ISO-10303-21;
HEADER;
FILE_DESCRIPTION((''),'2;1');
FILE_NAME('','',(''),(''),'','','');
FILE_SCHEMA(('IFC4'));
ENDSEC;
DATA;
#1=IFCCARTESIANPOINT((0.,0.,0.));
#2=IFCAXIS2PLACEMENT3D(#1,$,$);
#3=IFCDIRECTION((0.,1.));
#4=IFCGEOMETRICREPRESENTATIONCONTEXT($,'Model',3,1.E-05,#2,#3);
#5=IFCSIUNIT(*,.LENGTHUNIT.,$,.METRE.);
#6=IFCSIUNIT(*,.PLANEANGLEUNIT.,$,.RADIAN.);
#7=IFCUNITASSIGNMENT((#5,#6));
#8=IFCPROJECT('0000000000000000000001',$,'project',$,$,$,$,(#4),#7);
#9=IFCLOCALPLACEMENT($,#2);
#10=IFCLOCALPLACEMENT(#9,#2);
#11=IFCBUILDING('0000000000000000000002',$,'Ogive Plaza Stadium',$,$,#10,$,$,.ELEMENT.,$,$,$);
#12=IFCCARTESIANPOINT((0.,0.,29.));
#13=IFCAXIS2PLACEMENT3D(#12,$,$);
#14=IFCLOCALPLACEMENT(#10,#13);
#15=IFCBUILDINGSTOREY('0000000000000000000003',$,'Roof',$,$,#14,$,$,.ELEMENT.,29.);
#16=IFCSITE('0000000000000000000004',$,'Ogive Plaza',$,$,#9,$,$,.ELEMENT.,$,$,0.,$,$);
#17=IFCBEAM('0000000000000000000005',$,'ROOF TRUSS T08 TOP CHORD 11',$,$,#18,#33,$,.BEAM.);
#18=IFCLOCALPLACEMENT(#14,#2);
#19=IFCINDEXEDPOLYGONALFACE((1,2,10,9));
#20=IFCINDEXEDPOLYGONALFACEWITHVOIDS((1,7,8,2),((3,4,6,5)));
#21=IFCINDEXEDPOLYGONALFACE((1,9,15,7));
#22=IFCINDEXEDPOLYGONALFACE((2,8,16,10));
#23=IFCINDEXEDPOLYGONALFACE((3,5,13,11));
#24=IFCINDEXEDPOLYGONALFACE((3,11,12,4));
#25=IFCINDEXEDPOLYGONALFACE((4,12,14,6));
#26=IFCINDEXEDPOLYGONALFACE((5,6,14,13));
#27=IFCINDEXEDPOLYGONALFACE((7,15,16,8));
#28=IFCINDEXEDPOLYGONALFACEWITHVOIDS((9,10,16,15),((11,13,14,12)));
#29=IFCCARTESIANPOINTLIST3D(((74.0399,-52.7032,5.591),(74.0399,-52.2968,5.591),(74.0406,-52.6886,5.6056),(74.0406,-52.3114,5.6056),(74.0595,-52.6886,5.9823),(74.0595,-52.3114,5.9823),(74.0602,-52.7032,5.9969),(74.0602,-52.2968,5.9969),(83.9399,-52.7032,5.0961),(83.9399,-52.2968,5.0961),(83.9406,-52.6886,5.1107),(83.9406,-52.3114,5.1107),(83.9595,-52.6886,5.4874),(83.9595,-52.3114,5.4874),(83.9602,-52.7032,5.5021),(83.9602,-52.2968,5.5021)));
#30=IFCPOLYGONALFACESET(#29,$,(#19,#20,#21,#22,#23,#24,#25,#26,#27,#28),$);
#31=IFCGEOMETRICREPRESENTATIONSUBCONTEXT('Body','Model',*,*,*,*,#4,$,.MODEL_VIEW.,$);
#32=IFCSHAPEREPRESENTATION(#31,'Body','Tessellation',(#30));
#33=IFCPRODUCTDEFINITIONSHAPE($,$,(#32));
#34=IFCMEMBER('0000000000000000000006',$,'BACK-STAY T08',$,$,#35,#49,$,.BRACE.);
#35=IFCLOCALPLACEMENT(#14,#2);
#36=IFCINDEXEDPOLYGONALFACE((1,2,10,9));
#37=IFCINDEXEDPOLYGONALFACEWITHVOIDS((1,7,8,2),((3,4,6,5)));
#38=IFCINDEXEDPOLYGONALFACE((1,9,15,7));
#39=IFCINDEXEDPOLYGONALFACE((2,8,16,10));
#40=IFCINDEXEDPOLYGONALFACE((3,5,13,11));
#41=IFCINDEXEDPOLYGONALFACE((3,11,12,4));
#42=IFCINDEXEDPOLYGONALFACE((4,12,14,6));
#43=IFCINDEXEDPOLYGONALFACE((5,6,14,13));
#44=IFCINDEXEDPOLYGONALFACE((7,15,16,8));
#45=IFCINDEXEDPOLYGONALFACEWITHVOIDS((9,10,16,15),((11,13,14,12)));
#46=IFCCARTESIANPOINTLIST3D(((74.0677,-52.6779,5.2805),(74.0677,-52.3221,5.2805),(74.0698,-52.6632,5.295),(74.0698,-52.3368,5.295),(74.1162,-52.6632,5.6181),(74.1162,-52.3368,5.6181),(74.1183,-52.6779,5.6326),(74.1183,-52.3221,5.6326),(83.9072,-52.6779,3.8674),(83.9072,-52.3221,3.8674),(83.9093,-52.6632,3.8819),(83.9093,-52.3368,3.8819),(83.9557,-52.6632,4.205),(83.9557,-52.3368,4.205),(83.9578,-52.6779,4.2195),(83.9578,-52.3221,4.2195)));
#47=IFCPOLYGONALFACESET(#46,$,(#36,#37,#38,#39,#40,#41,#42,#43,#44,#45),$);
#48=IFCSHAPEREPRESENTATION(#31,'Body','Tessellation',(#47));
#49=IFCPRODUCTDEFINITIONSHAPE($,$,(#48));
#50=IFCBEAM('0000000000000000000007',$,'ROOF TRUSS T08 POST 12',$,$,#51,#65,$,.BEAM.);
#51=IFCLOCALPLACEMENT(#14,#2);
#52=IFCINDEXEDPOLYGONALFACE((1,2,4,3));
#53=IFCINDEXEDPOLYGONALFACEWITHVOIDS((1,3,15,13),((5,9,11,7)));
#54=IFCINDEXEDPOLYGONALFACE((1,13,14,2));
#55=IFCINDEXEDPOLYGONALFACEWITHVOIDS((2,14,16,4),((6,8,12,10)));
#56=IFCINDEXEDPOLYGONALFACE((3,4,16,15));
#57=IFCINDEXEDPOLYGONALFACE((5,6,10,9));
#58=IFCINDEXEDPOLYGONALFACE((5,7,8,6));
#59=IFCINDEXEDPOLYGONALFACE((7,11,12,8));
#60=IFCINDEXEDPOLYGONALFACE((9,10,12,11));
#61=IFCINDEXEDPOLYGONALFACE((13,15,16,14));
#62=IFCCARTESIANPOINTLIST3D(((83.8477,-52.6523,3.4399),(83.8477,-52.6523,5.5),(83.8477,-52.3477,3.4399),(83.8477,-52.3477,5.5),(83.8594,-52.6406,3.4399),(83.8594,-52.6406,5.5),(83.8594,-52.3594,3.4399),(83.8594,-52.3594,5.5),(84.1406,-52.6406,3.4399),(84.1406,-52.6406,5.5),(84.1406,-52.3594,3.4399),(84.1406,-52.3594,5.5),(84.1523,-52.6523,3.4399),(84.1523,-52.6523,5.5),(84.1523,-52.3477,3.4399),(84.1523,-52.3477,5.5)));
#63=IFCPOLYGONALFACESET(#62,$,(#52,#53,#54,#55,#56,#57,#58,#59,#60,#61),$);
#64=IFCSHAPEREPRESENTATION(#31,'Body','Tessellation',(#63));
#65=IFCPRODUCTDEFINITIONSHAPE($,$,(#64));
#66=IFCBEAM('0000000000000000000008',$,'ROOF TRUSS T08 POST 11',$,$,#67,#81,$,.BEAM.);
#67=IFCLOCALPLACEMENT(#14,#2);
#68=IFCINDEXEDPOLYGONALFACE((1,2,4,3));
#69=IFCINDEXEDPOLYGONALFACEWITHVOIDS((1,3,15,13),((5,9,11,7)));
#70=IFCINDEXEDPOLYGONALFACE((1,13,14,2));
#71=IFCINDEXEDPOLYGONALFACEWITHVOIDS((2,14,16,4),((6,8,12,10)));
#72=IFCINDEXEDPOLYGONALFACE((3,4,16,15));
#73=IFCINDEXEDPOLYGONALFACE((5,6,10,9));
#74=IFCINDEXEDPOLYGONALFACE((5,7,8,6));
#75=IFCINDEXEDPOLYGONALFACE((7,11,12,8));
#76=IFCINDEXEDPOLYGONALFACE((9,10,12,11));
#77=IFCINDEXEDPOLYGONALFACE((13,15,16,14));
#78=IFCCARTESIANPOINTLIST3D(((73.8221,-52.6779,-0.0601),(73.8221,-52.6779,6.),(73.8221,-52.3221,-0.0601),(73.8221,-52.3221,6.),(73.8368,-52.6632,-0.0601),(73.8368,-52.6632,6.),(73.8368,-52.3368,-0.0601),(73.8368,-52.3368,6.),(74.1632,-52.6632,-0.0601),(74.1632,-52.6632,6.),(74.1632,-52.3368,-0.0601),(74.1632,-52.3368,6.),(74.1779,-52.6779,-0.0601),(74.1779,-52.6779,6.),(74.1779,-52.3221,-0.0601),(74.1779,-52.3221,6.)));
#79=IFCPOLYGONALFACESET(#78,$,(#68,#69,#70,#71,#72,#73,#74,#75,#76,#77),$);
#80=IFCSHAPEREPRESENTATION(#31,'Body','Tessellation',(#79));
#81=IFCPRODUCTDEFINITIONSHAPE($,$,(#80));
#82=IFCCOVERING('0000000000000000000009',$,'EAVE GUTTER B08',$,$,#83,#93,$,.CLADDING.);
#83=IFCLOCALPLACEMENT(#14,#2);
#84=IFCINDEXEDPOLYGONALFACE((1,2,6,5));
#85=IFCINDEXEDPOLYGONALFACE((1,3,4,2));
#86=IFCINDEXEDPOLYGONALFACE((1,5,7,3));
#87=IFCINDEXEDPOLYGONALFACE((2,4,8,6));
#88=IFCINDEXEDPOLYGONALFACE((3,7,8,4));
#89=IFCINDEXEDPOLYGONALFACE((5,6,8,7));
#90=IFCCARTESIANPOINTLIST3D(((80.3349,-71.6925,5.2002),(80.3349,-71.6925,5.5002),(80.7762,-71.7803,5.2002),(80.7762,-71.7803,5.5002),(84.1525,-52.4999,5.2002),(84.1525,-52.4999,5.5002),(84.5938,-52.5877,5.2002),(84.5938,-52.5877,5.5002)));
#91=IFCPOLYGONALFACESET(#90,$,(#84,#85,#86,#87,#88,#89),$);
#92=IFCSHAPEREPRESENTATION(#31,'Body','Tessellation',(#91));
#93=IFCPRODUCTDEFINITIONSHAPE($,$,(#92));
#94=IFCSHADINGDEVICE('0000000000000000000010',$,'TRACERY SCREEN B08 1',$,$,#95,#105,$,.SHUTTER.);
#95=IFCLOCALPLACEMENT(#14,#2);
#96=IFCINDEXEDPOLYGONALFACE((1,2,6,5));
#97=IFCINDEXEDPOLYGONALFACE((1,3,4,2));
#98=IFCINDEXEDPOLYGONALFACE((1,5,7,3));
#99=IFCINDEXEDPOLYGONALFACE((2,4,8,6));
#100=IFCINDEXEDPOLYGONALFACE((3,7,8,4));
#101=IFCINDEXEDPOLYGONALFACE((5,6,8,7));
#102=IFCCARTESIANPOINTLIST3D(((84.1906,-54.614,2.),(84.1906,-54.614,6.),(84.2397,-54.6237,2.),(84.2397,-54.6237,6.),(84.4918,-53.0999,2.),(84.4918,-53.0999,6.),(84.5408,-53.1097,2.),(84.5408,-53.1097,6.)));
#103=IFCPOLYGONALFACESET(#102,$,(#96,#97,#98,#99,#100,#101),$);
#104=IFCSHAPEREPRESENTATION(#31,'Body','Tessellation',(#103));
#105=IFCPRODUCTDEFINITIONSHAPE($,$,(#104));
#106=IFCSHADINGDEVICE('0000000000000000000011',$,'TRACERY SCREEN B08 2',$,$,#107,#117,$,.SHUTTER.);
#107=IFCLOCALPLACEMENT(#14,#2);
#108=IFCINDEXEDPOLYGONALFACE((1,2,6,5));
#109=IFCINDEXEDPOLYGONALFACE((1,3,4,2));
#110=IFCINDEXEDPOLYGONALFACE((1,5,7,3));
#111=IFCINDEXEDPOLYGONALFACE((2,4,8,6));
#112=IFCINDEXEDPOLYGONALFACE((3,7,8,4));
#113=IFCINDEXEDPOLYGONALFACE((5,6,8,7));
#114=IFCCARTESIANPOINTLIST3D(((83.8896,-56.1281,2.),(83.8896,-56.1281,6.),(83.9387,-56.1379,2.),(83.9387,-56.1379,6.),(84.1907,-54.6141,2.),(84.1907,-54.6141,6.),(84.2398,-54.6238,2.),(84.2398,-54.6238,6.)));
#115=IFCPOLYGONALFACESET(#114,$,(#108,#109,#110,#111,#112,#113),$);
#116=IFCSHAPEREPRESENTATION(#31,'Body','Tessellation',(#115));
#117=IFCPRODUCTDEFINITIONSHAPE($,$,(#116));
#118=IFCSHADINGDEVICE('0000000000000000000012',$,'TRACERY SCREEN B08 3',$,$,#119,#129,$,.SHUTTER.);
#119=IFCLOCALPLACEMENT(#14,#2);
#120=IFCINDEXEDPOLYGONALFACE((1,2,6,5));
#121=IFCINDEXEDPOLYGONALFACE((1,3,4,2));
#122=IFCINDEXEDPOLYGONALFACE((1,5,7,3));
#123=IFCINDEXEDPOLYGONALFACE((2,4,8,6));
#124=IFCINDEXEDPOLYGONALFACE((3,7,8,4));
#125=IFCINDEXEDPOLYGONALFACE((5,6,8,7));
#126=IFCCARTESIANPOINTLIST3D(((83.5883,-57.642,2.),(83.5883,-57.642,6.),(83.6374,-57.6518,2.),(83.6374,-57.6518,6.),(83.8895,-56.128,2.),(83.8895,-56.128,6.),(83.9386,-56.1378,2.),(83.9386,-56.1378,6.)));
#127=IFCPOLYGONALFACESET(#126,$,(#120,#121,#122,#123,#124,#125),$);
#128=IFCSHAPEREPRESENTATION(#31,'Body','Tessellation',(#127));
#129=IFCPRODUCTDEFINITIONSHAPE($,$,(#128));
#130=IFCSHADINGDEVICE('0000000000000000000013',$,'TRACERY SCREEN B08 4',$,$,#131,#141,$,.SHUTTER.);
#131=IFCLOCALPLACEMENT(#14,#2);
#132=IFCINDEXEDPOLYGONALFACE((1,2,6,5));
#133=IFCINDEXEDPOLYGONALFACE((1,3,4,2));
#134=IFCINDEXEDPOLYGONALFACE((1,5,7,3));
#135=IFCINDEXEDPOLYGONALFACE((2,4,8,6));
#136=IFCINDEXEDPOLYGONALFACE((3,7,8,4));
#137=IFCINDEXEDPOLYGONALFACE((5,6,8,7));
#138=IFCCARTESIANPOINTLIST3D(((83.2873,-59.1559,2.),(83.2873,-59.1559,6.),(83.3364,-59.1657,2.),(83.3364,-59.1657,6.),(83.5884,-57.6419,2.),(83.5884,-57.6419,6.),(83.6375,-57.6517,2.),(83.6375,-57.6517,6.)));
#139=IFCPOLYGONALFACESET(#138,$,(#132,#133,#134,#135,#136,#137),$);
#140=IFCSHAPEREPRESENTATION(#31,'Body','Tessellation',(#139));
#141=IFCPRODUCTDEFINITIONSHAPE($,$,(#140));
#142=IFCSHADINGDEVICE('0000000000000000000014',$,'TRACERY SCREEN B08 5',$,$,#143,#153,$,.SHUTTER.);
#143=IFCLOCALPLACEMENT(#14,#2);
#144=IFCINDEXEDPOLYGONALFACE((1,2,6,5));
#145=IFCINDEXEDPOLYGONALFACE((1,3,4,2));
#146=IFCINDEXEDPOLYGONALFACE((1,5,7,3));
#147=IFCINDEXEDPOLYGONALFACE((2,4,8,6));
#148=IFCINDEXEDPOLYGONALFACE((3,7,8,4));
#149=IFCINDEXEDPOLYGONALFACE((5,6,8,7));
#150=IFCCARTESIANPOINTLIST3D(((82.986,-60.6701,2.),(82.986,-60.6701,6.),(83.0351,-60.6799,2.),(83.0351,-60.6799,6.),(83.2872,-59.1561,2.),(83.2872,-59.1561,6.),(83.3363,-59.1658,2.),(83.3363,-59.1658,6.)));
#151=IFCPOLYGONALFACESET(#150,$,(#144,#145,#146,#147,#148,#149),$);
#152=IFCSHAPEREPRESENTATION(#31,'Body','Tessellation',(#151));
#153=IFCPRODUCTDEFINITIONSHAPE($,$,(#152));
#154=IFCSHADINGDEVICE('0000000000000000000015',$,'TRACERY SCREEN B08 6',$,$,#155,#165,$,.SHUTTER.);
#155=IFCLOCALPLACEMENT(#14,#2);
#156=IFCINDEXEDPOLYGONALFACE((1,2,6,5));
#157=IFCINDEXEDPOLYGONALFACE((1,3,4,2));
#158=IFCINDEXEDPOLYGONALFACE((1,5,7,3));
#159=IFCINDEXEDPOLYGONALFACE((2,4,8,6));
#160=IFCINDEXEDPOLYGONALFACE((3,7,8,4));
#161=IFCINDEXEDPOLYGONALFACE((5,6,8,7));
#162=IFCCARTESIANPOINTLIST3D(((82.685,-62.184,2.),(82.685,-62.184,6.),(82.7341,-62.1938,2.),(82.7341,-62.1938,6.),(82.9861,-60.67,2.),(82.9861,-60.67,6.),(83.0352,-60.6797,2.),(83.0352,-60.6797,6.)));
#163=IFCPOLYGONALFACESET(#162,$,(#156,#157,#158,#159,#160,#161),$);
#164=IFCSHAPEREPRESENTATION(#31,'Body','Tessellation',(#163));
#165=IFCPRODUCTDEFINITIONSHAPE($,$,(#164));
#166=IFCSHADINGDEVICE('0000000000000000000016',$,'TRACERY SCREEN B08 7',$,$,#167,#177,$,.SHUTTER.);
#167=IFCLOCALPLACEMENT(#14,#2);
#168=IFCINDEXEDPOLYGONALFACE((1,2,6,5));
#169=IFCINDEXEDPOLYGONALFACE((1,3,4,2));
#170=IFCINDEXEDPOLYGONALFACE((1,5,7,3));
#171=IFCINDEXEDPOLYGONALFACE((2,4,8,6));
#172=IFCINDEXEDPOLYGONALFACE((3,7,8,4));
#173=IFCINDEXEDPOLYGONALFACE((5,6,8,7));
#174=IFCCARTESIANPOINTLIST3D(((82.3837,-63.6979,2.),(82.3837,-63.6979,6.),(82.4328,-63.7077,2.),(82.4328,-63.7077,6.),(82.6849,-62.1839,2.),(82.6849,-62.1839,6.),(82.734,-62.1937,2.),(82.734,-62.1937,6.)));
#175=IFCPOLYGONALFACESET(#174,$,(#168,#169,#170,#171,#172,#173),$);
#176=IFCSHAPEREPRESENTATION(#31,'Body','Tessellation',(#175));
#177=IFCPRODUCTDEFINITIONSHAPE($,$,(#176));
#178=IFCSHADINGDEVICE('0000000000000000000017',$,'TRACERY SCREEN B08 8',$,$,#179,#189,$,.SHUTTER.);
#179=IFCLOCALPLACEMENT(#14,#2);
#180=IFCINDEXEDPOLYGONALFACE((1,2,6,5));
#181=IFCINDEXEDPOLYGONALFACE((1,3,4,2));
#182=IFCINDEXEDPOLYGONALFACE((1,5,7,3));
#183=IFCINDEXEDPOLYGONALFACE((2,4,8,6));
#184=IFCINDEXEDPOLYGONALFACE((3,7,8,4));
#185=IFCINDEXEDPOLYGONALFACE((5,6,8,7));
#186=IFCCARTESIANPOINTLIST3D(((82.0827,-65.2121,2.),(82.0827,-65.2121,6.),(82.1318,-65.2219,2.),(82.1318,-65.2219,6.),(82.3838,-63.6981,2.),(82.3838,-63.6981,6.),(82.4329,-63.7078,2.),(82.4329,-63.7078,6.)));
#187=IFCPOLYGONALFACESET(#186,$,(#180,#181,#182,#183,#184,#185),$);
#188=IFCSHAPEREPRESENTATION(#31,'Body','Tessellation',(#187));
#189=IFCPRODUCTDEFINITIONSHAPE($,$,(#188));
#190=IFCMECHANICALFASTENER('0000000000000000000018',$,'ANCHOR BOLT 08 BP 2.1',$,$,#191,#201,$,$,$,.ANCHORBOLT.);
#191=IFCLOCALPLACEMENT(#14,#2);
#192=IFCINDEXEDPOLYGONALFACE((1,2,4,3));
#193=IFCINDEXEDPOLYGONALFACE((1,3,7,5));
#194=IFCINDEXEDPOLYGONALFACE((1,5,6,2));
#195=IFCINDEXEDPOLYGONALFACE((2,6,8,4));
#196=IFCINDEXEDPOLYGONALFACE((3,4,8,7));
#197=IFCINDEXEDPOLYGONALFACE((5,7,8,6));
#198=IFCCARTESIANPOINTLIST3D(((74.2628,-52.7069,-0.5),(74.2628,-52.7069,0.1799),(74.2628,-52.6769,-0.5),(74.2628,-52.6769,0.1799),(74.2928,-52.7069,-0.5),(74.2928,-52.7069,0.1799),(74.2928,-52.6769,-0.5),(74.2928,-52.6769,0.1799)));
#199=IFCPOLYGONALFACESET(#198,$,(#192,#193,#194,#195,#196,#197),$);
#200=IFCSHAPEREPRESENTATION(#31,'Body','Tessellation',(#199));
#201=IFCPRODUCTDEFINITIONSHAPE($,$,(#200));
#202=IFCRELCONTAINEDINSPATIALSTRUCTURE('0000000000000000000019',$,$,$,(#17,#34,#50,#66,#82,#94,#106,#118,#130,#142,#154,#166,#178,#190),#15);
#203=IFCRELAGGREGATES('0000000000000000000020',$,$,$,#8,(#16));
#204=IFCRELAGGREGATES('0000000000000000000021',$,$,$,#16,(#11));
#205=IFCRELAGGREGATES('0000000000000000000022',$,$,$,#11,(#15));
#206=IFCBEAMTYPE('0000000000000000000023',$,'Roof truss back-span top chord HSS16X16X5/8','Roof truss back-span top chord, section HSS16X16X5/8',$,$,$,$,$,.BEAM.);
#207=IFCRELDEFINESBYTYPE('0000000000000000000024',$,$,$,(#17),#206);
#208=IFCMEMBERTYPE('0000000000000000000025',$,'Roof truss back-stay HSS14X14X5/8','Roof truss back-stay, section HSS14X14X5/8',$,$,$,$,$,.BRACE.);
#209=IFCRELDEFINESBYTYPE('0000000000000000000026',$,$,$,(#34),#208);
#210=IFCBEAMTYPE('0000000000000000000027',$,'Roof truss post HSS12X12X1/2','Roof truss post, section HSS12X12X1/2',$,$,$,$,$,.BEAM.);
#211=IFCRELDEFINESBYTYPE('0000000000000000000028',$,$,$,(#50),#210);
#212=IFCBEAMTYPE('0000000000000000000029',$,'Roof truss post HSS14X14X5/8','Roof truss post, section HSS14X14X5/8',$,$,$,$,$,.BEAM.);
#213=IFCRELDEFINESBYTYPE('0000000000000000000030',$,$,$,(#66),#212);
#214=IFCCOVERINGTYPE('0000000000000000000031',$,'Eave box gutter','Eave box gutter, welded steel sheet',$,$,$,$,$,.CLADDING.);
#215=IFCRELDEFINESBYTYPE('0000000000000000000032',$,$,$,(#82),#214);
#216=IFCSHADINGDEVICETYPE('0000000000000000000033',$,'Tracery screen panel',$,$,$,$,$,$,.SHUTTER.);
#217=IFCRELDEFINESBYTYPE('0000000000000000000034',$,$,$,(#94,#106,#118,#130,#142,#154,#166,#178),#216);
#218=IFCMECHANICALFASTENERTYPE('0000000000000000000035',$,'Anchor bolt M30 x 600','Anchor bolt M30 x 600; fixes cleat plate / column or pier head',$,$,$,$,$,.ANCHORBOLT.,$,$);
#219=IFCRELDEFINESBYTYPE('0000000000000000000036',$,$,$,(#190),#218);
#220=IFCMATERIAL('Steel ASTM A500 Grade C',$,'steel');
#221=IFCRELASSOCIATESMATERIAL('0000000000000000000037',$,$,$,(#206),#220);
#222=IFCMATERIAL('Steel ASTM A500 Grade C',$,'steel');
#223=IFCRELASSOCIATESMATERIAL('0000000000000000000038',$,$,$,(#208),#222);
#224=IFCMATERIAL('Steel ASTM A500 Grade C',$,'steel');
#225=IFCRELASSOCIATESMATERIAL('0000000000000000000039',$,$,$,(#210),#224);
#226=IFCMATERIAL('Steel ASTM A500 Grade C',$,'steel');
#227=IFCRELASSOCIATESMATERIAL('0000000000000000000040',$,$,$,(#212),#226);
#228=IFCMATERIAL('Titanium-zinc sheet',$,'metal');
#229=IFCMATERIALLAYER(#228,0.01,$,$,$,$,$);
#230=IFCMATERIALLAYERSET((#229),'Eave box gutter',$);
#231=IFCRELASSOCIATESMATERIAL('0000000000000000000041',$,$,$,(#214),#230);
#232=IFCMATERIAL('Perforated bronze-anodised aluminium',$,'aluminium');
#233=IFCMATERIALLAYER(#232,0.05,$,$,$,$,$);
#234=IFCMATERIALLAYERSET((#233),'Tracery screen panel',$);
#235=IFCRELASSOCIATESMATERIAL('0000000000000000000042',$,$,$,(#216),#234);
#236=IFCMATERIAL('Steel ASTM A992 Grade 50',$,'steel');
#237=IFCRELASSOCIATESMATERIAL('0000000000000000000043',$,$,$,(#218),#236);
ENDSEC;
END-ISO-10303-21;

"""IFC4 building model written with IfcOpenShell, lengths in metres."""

from ifc_helpers import new_model, si_unit, direction, frame, origin, origin_2d, place, context, subcontext, project, spatial, rectangle, hollow_rectangle, extrude, material, layer, layer_set, material_profile, profile_set, type_object, element, save


model = new_model("IFC4")

# Units and contexts
model_context = context("Model", 3, precision=1e-05, world=origin(), true_north=direction((0.0, 1.0)))
body_context = subcontext(model_context, "Body", "Model", "MODEL_VIEW")
ifc_project = project(units=[si_unit("LENGTHUNIT", "METRE"), si_unit("PLANEANGLEUNIT", "RADIAN")], contexts=[model_context])

# Site, building, storey
site_placement = place(None, origin())
site = spatial("IfcSite", under=ifc_project, at=site_placement, Name="Ogive Plaza", CompositionType="ELEMENT", RefElevation=0.0)
building_placement = place(site_placement, origin())
building = spatial("IfcBuilding", under=site, at=building_placement, Name="Ogive Plaza Stadium", CompositionType="ELEMENT")
storey_placement = place(building_placement, frame((0.0, 0.0, 29.0)))
storey = spatial("IfcBuildingStorey", under=building, at=storey_placement, Name="Roof", CompositionType="ELEMENT", Elevation=29.0)

# Beam
ifc_material_1 = material(Name="Steel ASTM A500 Grade C", Category="steel")
ifc_material_profile_1 = material_profile(ifc_material_1, hollow_rectangle(XDim=0.4065, YDim=0.4065, WallThickness=0.0146, at=origin_2d()), Name="HSS16X16X5/8")
ifc_profile_set_1 = profile_set([ifc_material_profile_1], Name="Steel ASTM A500 Grade C")
beam_type_1 = type_object("IfcBeamType", Name="Roof truss back-span top chord HSS16X16X5/8", Description="Roof truss back-span top chord, section HSS16X16X5/8", PredefinedType="BEAM", material=ifc_profile_set_1)
beam_1_placement = place(storey_placement, frame((74.05, -52.5, 5.7939), z_axis=(0.998753, 0.0, -0.049925), x_axis=(0.0, 1.0, 0.0)))
element("IfcBeam", 1, at=beam_1_placement, inside=storey, type_object=beam_type_1, Name="ROOF TRUSS T08 TOP CHORD 11", PredefinedType="BEAM", context=body_context, shape_type="SweptSolid", body=[
    extrude(hollow_rectangle(XDim=0.4065, YDim=0.4065, WallThickness=0.0146, at=origin_2d()), origin(), (0.0, 0.0, 1.0), 9.9124),
])

# Member
ifc_material_2 = material(Name="Steel ASTM A500 Grade C", Category="steel")
ifc_material_profile_2 = material_profile(ifc_material_2, hollow_rectangle(XDim=0.3557, YDim=0.3557, WallThickness=0.0146, at=origin_2d()), Name="HSS14X14X5/8")
ifc_profile_set_2 = profile_set([ifc_material_profile_2], Name="Steel ASTM A500 Grade C")
member_type_1 = type_object("IfcMemberType", Name="Roof truss back-stay HSS14X14X5/8", Description="Roof truss back-stay, section HSS14X14X5/8", PredefinedType="BRACE", material=ifc_profile_set_2)
member_1_placement = place(storey_placement, frame((74.093, -52.5, 5.4565), z_axis=(0.989844, 0.0, -0.142157), x_axis=(0.0, 1.0, 0.0)))
element("IfcMember", 2, at=member_1_placement, inside=storey, type_object=member_type_1, Name="BACK-STAY T08", PredefinedType="BRACE", context=body_context, shape_type="SweptSolid", body=[
    extrude(hollow_rectangle(XDim=0.3557, YDim=0.3557, WallThickness=0.0146, at=origin_2d()), origin(), (0.0, 0.0, 1.0), 9.9404),
])

# Beams
ifc_material_3 = material(Name="Steel ASTM A500 Grade C", Category="steel")
ifc_material_profile_3 = material_profile(ifc_material_3, hollow_rectangle(XDim=0.3047, YDim=0.3047, WallThickness=0.0117, at=origin_2d()), Name="HSS12X12X1/2")
ifc_profile_set_3 = profile_set([ifc_material_profile_3], Name="Steel ASTM A500 Grade C")
beam_type_2 = type_object("IfcBeamType", Name="Roof truss post HSS12X12X1/2", Description="Roof truss post, section HSS12X12X1/2", PredefinedType="BEAM", material=ifc_profile_set_3)
beam_2_placement = place(storey_placement, frame((84.0, -52.5, 3.4399), z_axis=(0.0, 0.0, 1.0), x_axis=(0.0, 1.0, 0.0)))
element("IfcBeam", 3, at=beam_2_placement, inside=storey, type_object=beam_type_2, Name="ROOF TRUSS T08 POST 12", PredefinedType="BEAM", context=body_context, shape_type="SweptSolid", body=[
    extrude(hollow_rectangle(XDim=0.3047, YDim=0.3047, WallThickness=0.0117, at=origin_2d()), origin(), (0.0, 0.0, 1.0), 2.0601),
])
ifc_material_4 = material(Name="Steel ASTM A500 Grade C", Category="steel")
ifc_material_profile_4 = material_profile(ifc_material_4, hollow_rectangle(XDim=0.3557, YDim=0.3557, WallThickness=0.0146, at=origin_2d()), Name="HSS14X14X5/8")
ifc_profile_set_4 = profile_set([ifc_material_profile_4], Name="Steel ASTM A500 Grade C")
beam_type_3 = type_object("IfcBeamType", Name="Roof truss post HSS14X14X5/8", Description="Roof truss post, section HSS14X14X5/8", PredefinedType="BEAM", material=ifc_profile_set_4)
beam_3_placement = place(storey_placement, frame((74.0, -52.5, -0.0601), z_axis=(0.0, 0.0, 1.0), x_axis=(0.0, 1.0, 0.0)))
element("IfcBeam", 4, at=beam_3_placement, inside=storey, type_object=beam_type_3, Name="ROOF TRUSS T08 POST 11", PredefinedType="BEAM", context=body_context, shape_type="SweptSolid", body=[
    extrude(hollow_rectangle(XDim=0.3557, YDim=0.3557, WallThickness=0.0146, at=origin_2d()), origin(), (0.0, 0.0, 1.0), 6.0601),
])

# Covering
ifc_material_5 = material(Name="Titanium-zinc sheet", Category="metal")
ifc_layer_1 = layer(ifc_material_5, 0.01)
ifc_layer_set_1 = layer_set([ifc_layer_1], Name="Eave box gutter")
covering_type = type_object("IfcCoveringType", Name="Eave box gutter", Description="Eave box gutter, welded steel sheet", PredefinedType="CLADDING", material=ifc_layer_set_1)
covering_placement = place(storey_placement, frame((82.4644, -62.1401, 5.2002), z_axis=(0.0, 0.0, 1.0), x_axis=(-0.19509, -0.980785, 0.0)))
element("IfcCovering", 5, at=covering_placement, inside=storey, type_object=covering_type, Name="EAVE GUTTER B08", PredefinedType="CLADDING", context=body_context, shape_type="SweptSolid", body=[
    extrude(rectangle(XDim=19.5686, YDim=0.45, at=origin_2d()), origin(), (0.0, 0.0, 1.0), 0.3),
])

# Shading devices
ifc_material_6 = material(Name="Perforated bronze-anodised aluminium", Category="aluminium")
ifc_layer_2 = layer(ifc_material_6, 0.05)
ifc_layer_set_2 = layer_set([ifc_layer_2], Name="Tracery screen panel")
shading_device_type = type_object("IfcShadingDeviceType", Name="Tracery screen panel", PredefinedType="SHUTTER", material=ifc_layer_set_2)
for number, where, z_axis, x_axis, name in (
    (6, (84.3657, -53.8618, 2.0), (0.0, 0.0, 1.0), (-0.19509, -0.980785, 0.0), "TRACERY SCREEN B08 1"),
    (7, (84.0647, -55.376, 2.0), (0.0, 0.0, 1.0), (-0.19509, -0.980785, 0.0), "TRACERY SCREEN B08 2"),
    (8, (83.7634, -56.8899, 2.0), (0.0, 0.0, 1.0), (-0.19509, -0.980785, 0.0), "TRACERY SCREEN B08 3"),
    (9, (83.4624, -58.4038, 2.0), (0.0, 0.0, 1.0), (-0.19509, -0.980785, 0.0), "TRACERY SCREEN B08 4"),
    (10, (83.1611, -59.918, 2.0), (0.0, 0.0, 1.0), (-0.19509, -0.980785, 0.0), "TRACERY SCREEN B08 5"),
    (11, (82.8601, -61.4319, 2.0), (0.0, 0.0, 1.0), (-0.19509, -0.980785, 0.0), "TRACERY SCREEN B08 6"),
    (12, (82.5588, -62.9458, 2.0), (0.0, 0.0, 1.0), (-0.19509, -0.980785, 0.0), "TRACERY SCREEN B08 7"),
    (13, (82.2578, -64.46, 2.0), (0.0, 0.0, 1.0), (-0.19509, -0.980785, 0.0), "TRACERY SCREEN B08 8"),
):
    element("IfcShadingDevice", number, at=place(storey_placement, frame(where, z_axis=z_axis, x_axis=x_axis)), inside=storey, type_object=shading_device_type, Name=name, PredefinedType="SHUTTER", context=body_context, shape_type="SweptSolid", body=[
        extrude(rectangle(XDim=1.5437, YDim=0.05, at=origin_2d()), origin(), (0.0, 0.0, 1.0), 4.0),
    ])

# Mechanical fastener
ifc_material_7 = material(Name="Steel ASTM A992 Grade 50", Category="steel")
mechanical_fastener_type_1 = type_object("IfcMechanicalFastenerType", Name="Anchor bolt M30 x 600", Description="Anchor bolt M30 x 600; fixes cleat plate / column or pier head", PredefinedType="ANCHORBOLT", material=ifc_material_7)
for number, where, z_axis, x_axis, name in (
    (14, (74.2778, -52.6919, -0.5), (0.0, 0.0, 1.0), (1.0, 0.0, 0.0), "ANCHOR BOLT 08 BP 2.1"),
):
    element("IfcMechanicalFastener", number, at=place(storey_placement, frame(where, z_axis=z_axis, x_axis=x_axis)), inside=storey, type_object=mechanical_fastener_type_1, Name=name, PredefinedType="ANCHORBOLT", context=body_context, shape_type="SweptSolid", body=[
        extrude(rectangle(XDim=0.03, YDim=0.03, at=origin_2d()), origin(), (0.0, 0.0, 1.0), 0.6799),
    ])

save(model, "model.ifc")
